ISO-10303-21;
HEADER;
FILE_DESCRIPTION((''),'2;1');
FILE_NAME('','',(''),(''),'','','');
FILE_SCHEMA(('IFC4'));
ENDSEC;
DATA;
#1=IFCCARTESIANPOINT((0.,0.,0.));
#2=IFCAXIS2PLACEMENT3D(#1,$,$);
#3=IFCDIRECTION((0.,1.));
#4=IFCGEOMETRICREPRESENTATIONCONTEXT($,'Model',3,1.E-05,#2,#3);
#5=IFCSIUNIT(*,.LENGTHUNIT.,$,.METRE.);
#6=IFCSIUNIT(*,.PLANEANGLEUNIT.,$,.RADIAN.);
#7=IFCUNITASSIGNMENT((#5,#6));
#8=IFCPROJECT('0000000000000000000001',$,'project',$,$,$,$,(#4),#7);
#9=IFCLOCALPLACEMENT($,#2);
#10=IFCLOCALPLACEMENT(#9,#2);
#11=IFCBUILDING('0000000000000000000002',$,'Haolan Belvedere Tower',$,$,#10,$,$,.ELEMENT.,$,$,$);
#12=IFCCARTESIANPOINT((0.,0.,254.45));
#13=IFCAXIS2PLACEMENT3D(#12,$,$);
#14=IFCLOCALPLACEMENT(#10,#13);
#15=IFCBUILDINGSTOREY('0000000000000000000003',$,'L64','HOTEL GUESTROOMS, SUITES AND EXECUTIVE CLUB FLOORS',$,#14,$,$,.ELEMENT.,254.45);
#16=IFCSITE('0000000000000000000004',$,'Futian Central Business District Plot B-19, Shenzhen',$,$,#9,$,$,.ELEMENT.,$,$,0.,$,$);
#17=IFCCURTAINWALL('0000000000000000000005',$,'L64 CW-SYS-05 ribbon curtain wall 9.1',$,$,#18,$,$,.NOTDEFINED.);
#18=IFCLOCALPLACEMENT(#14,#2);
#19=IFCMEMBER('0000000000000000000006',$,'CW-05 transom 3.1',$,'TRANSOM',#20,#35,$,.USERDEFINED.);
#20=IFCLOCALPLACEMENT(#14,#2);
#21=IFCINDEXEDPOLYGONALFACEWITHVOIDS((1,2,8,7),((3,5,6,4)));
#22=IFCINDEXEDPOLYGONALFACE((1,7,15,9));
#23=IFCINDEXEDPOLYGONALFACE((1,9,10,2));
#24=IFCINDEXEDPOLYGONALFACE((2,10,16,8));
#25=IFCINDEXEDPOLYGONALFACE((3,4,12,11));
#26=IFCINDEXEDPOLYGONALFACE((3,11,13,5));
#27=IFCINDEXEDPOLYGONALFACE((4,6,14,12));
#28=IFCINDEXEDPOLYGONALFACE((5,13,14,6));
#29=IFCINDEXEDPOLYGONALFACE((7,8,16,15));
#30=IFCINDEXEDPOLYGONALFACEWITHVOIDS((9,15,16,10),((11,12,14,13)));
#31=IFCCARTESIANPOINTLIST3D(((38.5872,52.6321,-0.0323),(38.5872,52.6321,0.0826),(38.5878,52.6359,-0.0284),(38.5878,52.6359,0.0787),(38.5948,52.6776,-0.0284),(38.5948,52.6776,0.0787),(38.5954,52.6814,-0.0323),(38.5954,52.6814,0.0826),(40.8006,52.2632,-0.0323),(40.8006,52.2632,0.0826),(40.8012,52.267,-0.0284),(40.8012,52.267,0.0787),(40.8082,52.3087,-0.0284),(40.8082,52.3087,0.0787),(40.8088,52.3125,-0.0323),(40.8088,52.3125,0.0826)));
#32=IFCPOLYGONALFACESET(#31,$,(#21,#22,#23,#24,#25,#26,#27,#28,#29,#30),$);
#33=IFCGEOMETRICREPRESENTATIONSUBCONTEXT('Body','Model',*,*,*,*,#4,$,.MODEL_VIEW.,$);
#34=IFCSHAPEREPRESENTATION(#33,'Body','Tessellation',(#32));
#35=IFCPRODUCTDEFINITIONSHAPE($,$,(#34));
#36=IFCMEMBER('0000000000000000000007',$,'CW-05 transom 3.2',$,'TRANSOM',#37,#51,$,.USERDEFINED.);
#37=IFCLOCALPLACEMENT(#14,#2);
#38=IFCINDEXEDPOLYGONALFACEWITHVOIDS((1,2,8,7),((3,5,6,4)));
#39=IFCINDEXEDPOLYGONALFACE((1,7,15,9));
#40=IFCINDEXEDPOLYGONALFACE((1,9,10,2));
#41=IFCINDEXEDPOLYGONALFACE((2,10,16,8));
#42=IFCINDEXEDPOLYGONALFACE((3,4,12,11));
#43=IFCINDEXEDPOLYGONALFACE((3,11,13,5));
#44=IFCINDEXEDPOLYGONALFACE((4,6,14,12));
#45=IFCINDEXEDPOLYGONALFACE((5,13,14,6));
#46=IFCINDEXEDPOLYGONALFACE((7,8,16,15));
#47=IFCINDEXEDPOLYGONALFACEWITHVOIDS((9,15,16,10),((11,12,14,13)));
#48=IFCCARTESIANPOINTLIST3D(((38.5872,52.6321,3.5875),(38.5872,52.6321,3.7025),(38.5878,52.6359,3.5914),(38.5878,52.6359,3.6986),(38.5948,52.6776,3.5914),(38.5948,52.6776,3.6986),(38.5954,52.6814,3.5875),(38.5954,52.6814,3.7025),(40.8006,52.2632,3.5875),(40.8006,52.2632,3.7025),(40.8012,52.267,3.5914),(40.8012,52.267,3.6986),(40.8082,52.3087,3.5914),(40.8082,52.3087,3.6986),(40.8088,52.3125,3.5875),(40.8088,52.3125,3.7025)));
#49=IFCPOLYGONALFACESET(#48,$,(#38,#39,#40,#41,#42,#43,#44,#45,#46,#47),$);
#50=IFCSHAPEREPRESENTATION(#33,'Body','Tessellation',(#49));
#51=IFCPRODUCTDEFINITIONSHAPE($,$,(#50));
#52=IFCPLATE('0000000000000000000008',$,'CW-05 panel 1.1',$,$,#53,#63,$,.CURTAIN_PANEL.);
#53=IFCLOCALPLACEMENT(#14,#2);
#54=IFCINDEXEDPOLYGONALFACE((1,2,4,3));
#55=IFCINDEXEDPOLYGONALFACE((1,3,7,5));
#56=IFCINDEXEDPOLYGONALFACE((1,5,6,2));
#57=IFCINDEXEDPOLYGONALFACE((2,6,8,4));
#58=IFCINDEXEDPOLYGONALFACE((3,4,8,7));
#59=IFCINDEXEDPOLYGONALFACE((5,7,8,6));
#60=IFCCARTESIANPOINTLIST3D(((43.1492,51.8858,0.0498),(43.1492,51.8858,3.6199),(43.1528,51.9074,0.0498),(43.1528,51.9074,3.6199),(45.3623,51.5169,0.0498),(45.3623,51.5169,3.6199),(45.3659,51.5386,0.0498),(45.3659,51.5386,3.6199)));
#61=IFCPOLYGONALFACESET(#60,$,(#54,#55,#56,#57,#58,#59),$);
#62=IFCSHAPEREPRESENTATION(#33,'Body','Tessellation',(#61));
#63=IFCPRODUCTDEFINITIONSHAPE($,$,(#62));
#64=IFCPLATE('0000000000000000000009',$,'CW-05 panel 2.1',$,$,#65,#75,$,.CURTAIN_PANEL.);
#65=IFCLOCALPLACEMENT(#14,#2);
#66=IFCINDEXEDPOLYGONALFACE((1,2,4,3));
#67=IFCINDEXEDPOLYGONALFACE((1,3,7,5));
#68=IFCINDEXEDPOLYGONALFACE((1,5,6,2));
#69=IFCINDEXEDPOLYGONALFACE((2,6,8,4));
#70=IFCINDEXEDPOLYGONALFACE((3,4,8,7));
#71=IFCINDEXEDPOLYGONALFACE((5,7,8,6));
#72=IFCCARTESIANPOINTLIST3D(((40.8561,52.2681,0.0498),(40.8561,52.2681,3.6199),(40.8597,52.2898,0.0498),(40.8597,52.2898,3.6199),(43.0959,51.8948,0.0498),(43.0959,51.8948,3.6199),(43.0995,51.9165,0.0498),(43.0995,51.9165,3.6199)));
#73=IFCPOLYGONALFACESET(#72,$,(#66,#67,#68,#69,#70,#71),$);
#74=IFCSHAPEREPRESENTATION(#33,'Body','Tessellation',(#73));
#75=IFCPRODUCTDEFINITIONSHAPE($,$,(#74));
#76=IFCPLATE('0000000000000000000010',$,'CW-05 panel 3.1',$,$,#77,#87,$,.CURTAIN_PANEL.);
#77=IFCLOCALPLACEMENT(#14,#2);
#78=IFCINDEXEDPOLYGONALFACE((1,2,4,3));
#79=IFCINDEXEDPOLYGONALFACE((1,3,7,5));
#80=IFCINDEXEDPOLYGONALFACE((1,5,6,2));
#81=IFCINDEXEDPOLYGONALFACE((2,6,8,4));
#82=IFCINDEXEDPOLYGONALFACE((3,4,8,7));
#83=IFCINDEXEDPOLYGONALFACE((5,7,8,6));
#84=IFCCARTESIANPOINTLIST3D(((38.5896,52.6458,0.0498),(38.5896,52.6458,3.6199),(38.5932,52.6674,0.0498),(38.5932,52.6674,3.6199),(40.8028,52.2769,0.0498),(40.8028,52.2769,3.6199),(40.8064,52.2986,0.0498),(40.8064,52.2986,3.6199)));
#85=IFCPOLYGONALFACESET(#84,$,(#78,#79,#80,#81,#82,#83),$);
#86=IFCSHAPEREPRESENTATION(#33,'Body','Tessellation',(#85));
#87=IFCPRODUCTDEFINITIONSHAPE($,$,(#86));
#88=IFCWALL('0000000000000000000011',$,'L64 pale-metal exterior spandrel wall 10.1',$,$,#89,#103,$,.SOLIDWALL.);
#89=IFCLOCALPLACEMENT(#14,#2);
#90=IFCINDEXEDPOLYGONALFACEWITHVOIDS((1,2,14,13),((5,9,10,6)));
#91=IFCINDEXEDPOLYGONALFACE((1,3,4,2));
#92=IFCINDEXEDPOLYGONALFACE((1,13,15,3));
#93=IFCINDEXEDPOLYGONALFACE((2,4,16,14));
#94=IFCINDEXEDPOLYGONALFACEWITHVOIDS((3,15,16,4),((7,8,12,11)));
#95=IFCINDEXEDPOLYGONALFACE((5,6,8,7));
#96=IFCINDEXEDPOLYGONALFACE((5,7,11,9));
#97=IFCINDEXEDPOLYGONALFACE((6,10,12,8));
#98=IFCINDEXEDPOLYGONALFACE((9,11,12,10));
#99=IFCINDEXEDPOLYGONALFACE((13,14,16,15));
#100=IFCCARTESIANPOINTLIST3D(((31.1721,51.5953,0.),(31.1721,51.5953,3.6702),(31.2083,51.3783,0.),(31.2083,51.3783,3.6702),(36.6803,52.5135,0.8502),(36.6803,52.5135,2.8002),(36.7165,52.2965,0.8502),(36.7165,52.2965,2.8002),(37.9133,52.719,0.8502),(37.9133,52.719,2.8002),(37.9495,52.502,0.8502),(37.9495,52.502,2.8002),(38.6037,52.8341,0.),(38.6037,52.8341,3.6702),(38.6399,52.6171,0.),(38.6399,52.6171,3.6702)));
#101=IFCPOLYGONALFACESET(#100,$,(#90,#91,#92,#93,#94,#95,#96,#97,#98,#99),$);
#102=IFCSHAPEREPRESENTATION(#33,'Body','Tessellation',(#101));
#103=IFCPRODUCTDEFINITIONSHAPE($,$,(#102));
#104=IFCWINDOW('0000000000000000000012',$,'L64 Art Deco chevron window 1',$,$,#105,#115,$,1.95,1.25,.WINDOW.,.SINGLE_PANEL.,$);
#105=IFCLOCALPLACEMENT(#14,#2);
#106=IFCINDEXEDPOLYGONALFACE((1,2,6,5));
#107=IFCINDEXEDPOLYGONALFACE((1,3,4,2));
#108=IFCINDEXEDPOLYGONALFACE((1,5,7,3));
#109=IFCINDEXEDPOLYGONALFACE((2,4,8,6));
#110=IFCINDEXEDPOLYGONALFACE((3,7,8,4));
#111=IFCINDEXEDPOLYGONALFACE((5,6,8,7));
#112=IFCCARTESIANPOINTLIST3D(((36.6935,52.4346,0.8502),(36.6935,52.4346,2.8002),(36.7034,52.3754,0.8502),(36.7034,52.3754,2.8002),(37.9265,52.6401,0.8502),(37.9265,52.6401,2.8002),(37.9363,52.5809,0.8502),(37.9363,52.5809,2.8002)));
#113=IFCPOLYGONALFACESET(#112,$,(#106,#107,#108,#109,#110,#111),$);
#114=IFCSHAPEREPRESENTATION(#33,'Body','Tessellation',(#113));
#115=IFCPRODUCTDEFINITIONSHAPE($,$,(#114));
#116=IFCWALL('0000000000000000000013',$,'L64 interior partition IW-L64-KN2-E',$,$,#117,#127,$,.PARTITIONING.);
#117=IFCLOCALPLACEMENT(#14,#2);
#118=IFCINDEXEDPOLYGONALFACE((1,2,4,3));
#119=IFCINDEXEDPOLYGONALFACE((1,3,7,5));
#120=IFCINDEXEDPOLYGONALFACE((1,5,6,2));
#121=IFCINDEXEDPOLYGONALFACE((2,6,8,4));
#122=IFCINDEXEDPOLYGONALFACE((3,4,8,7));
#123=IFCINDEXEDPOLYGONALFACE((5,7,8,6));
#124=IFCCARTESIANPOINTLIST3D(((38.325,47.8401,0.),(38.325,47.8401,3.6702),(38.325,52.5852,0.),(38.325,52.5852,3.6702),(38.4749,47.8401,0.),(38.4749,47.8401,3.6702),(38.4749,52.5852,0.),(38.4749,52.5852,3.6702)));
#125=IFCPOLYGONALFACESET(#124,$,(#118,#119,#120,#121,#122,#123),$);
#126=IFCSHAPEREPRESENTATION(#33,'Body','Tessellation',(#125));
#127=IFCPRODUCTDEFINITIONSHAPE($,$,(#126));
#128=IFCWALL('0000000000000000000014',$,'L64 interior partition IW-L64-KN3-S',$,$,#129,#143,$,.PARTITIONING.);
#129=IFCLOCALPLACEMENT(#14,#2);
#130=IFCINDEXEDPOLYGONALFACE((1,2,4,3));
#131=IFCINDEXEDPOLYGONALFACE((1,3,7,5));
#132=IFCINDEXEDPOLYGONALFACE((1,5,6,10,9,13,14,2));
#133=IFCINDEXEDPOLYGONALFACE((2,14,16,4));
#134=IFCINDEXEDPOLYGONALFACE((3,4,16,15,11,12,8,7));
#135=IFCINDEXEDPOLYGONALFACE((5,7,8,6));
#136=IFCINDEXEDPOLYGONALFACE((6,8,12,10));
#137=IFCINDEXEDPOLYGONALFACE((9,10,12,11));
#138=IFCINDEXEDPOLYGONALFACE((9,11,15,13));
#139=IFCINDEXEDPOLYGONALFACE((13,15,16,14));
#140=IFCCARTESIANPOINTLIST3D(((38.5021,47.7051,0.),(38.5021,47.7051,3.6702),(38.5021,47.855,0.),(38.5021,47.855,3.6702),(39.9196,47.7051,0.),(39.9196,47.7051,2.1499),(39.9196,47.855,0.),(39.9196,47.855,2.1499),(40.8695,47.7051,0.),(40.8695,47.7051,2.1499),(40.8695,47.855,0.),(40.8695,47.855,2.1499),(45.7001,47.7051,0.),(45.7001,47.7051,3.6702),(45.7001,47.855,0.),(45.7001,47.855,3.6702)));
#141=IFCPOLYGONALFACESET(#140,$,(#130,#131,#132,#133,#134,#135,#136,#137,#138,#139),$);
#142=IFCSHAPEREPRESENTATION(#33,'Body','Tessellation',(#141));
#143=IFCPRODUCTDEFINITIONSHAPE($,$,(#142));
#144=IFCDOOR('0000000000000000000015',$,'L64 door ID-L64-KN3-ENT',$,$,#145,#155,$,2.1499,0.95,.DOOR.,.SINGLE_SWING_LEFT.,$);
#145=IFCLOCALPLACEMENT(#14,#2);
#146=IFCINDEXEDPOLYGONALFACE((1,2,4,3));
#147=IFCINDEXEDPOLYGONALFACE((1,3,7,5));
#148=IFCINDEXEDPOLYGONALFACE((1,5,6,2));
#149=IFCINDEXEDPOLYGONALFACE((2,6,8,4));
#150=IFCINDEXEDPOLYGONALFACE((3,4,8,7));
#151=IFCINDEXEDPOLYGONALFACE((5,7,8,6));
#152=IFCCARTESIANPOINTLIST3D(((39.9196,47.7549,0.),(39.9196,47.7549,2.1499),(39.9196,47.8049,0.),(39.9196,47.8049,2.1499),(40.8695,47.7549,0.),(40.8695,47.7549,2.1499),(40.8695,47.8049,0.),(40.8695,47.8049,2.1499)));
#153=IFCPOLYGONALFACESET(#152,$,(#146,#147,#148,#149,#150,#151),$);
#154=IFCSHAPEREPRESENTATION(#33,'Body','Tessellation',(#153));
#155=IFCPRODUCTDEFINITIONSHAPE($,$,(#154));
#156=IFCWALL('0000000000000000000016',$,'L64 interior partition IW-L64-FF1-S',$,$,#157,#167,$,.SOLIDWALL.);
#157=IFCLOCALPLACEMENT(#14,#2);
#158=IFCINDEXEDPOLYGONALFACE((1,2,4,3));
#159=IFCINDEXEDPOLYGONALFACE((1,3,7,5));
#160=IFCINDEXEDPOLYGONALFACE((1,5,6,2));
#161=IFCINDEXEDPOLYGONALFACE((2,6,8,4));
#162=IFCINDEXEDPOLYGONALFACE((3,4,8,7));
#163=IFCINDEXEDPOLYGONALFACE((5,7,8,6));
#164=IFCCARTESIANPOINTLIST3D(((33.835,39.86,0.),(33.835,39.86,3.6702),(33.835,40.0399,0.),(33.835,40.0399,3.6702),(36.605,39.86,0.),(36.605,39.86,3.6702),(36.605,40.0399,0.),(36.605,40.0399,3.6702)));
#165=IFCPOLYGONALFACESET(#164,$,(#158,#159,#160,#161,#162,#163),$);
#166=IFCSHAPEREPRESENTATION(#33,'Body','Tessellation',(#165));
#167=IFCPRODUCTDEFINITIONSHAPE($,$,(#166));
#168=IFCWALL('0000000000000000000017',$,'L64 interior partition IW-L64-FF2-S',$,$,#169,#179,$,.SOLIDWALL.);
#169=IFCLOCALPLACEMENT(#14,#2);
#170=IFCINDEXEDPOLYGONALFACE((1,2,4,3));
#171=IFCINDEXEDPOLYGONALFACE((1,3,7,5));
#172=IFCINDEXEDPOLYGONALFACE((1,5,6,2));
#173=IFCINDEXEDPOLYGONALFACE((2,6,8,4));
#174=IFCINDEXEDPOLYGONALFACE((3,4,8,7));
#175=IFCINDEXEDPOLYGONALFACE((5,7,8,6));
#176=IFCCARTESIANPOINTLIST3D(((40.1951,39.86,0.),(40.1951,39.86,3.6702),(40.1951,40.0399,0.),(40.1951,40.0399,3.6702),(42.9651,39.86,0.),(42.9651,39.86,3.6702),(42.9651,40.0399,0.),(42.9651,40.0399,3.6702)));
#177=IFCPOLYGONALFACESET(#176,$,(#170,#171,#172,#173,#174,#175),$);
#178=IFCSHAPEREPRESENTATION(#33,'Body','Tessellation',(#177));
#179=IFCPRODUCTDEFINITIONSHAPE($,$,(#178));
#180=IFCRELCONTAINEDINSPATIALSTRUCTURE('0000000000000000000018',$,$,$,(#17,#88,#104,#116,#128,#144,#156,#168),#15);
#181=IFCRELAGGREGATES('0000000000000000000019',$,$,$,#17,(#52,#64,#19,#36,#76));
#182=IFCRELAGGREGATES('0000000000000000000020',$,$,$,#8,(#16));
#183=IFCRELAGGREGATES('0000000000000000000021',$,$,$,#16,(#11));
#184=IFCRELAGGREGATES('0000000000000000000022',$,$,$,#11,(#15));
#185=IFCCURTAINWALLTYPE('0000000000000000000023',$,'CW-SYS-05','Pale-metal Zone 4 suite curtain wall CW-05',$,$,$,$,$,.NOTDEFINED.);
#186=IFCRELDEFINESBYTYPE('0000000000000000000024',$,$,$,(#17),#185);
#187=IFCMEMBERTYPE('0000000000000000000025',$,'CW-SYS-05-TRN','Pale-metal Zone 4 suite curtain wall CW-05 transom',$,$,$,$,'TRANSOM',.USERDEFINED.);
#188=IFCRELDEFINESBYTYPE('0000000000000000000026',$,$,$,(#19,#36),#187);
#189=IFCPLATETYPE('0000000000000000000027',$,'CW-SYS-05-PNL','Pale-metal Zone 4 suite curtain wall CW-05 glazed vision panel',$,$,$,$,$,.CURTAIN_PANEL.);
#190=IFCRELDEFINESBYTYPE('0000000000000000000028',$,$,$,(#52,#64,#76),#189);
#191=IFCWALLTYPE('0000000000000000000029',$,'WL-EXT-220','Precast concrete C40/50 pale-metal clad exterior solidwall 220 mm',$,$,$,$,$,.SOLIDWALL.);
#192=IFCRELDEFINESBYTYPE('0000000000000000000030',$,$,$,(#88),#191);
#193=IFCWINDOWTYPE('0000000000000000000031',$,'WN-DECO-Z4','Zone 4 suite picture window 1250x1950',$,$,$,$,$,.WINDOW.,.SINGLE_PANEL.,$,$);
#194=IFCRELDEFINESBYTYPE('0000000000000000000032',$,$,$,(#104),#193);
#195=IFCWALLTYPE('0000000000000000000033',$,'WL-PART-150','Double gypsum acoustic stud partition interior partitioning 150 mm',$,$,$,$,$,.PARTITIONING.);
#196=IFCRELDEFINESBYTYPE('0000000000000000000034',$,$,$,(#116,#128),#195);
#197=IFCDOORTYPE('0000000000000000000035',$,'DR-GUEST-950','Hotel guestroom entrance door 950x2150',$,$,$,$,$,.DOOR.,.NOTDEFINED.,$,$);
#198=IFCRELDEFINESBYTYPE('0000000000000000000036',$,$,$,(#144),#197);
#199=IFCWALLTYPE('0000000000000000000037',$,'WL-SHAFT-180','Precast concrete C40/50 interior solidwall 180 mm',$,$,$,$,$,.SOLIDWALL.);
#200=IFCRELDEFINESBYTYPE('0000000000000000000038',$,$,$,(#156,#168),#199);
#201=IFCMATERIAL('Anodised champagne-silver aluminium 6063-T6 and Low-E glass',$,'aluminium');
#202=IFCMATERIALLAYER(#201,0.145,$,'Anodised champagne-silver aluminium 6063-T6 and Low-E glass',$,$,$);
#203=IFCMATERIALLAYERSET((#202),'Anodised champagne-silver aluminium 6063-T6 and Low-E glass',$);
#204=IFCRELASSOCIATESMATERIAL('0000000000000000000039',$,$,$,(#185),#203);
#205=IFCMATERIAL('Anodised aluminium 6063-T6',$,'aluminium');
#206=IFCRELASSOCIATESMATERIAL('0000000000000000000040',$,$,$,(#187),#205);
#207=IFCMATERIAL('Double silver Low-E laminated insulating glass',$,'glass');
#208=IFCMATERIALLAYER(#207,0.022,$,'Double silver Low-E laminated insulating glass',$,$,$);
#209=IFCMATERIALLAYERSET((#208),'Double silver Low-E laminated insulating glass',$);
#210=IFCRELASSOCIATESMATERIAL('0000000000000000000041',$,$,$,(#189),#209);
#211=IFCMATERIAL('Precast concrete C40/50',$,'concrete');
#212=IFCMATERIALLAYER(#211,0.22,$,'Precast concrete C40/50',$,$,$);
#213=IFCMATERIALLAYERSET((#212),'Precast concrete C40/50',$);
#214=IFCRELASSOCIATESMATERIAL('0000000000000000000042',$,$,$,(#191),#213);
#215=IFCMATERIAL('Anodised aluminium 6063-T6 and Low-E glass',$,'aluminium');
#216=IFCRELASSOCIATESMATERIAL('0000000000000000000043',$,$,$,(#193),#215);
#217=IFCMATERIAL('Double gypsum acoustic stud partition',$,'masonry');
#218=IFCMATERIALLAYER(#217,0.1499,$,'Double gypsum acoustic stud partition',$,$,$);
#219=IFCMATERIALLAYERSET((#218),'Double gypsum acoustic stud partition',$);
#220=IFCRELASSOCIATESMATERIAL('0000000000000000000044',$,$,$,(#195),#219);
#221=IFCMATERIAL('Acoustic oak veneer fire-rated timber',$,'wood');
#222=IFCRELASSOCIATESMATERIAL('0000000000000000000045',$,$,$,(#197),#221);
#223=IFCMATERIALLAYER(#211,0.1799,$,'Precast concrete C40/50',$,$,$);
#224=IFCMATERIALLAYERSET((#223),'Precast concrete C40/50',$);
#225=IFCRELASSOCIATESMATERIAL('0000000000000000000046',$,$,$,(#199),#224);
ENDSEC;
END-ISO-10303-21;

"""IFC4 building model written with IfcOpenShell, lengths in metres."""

from ifc_helpers import new_model, si_unit, direction, frame, frame_2d, origin, origin_2d, place, context, subcontext, project, spatial, rectangle, hollow_rectangle, extrude, material, layer, layer_set, material_profile, profile_set, type_object, element, fill, aggregate, save


model = new_model("IFC4")

# Units and contexts
model_context = context("Model", 3, precision=1e-05, world=origin(), true_north=direction((0.0, 1.0)))
body_context = subcontext(model_context, "Body", "Model", "MODEL_VIEW")
ifc_project = project(units=[si_unit("LENGTHUNIT", "METRE"), si_unit("PLANEANGLEUNIT", "RADIAN")], contexts=[model_context])

# Site, building, storey
site_placement = place(None, origin())
site = spatial("IfcSite", under=ifc_project, at=site_placement, Name="Futian Central Business District Plot B-19, Shenzhen", CompositionType="ELEMENT", RefElevation=0.0)
building_placement = place(site_placement, origin())
building = spatial("IfcBuilding", under=site, at=building_placement, Name="Haolan Belvedere Tower", CompositionType="ELEMENT")
storey_placement = place(building_placement, frame((0.0, 0.0, 254.45)))
storey = spatial("IfcBuildingStorey", under=building, at=storey_placement, Name="L64", Description="HOTEL GUESTROOMS, SUITES AND EXECUTIVE CLUB FLOORS", CompositionType="ELEMENT", Elevation=254.45)

# Curtain wall, members, plates
ifc_material_1 = material(Name="Anodised champagne-silver aluminium 6063-T6 and Low-E glass", Category="aluminium")
ifc_layer_1 = layer(ifc_material_1, 0.145, Name="Anodised champagne-silver aluminium 6063-T6 and Low-E glass")
ifc_layer_set_1 = layer_set([ifc_layer_1], Name="Anodised champagne-silver aluminium 6063-T6 and Low-E glass")
curtain_wall_type = type_object("IfcCurtainWallType", Name="CW-SYS-05", Description="Pale-metal Zone 4 suite curtain wall CW-05", PredefinedType="NOTDEFINED", material=ifc_layer_set_1)
curtain_wall_placement = place(storey_placement, origin())
curtain_wall = element("IfcCurtainWall", 1, at=curtain_wall_placement, inside=storey, type_object=curtain_wall_type, Name="L64 CW-SYS-05 ribbon curtain wall 9.1", PredefinedType="NOTDEFINED")
ifc_material_2 = material(Name="Anodised aluminium 6063-T6", Category="aluminium")
ifc_material_profile_1 = material_profile(ifc_material_2, hollow_rectangle(XDim=0.05, YDim=0.115, WallThickness=0.0039, at=origin_2d()), Name="Anodised aluminium 6063-T6")
ifc_profile_set_1 = profile_set([ifc_material_profile_1], Name="Anodised aluminium 6063-T6")
member_type_1 = type_object("IfcMemberType", Name="CW-SYS-05-TRN", Description="Pale-metal Zone 4 suite curtain wall CW-05 transom", ElementType="TRANSOM", PredefinedType="USERDEFINED", material=ifc_profile_set_1)
member_1_placement = place(storey_placement, frame((40.8047, 52.2878, 0.0251), z_axis=(-0.986394, 0.164399, 0.0), x_axis=(-0.164399, -0.986394, 0.0)))
member_1 = element("IfcMember", 2, at=member_1_placement, type_object=member_type_1, Name="CW-05 transom 3.1", ObjectType="TRANSOM", PredefinedType="USERDEFINED", context=body_context, shape_type="SweptSolid", body=[
    extrude(hollow_rectangle(XDim=0.05, YDim=0.115, WallThickness=0.0039, at=origin_2d()), origin(), (0.0, 0.0, 1.0), 2.2439),
])
member_2_placement = place(storey_placement, frame((40.8047, 52.2878, 3.645), z_axis=(-0.986394, 0.164399, 0.0), x_axis=(-0.164399, -0.986394, 0.0)))
member_2 = element("IfcMember", 3, at=member_2_placement, type_object=member_type_1, Name="CW-05 transom 3.2", ObjectType="TRANSOM", PredefinedType="USERDEFINED", context=body_context, shape_type="SweptSolid", body=[
    extrude(hollow_rectangle(XDim=0.05, YDim=0.115, WallThickness=0.0039, at=origin_2d()), origin(), (0.0, 0.0, 1.0), 2.2439),
])
ifc_material_3 = material(Name="Double silver Low-E laminated insulating glass", Category="glass")
ifc_layer_2 = layer(ifc_material_3, 0.022, Name="Double silver Low-E laminated insulating glass")
ifc_layer_set_2 = layer_set([ifc_layer_2], Name="Double silver Low-E laminated insulating glass")
plate_type = type_object("IfcPlateType", Name="CW-SYS-05-PNL", Description="Pale-metal Zone 4 suite curtain wall CW-05 glazed vision panel", PredefinedType="CURTAIN_PANEL", material=ifc_layer_set_2)
plate_1_placement = place(storey_placement, frame((44.2576, 51.7122, 0.0498), z_axis=(0.0, 0.0, 1.0), x_axis=(-0.986393, 0.164406, 0.0)))
plate_1 = element("IfcPlate", 4, at=plate_1_placement, type_object=plate_type, Name="CW-05 panel 1.1", PredefinedType="CURTAIN_PANEL", context=body_context, shape_type="SweptSolid", body=[
    extrude(rectangle(XDim=2.2437, YDim=0.022, at=origin_2d()), origin(), (0.0, 0.0, 1.0), 3.5701),
])
plate_2_placement = place(storey_placement, frame((41.9778, 52.0923, 0.0498), z_axis=(0.0, 0.0, 1.0), x_axis=(-0.986393, 0.164406, 0.0)))
plate_2 = element("IfcPlate", 5, at=plate_2_placement, type_object=plate_type, Name="CW-05 panel 2.1", PredefinedType="CURTAIN_PANEL", context=body_context, shape_type="SweptSolid", body=[
    extrude(rectangle(XDim=2.2708, YDim=0.022, at=origin_2d()), origin(), (0.0, 0.0, 1.0), 3.5701),
])
plate_3_placement = place(storey_placement, frame((39.698, 52.4722, 0.0498), z_axis=(0.0, 0.0, 1.0), x_axis=(-0.986393, 0.164406, 0.0)))
plate_3 = element("IfcPlate", 6, at=plate_3_placement, type_object=plate_type, Name="CW-05 panel 3.1", PredefinedType="CURTAIN_PANEL", context=body_context, shape_type="SweptSolid", body=[
    extrude(rectangle(XDim=2.2437, YDim=0.022, at=origin_2d()), origin(), (0.0, 0.0, 1.0), 3.5701),
])
aggregate(curtain_wall, [plate_1, plate_2, member_1, member_2, plate_3])

# Wall, opening, window
ifc_material_4 = material(Name="Precast concrete C40/50", Category="concrete")
ifc_layer_3 = layer(ifc_material_4, 0.22, Name="Precast concrete C40/50")
ifc_layer_set_3 = layer_set([ifc_layer_3], Name="Precast concrete C40/50")
wall_type_1 = type_object("IfcWallType", Name="WL-EXT-220", Description="Precast concrete C40/50 pale-metal clad exterior solidwall 220 mm", PredefinedType="SOLIDWALL", material=ifc_layer_set_3)
wall_1_placement = place(storey_placement, frame((38.6218, 52.7256, 0.0), z_axis=(0.0, 0.0, 1.0), x_axis=(-0.98639, -0.16442, 0.0)))
wall_1 = element("IfcWall", 7, at=wall_1_placement, inside=storey, type_object=wall_type_1, Name="L64 pale-metal exterior spandrel wall 10.1", PredefinedType="SOLIDWALL", context=body_context, shape_type="SweptSolid", body=[
    extrude(rectangle(XDim=7.5342, YDim=0.22, at=frame_2d((3.7671, 0.0))), origin(), (0.0, 0.0, 1.0), 3.6702),
])
opening_1_placement = place(wall_1_placement, frame((0.7, 0.0, 0.8501)))
opening_1 = element("IfcOpeningElement", 8, at=opening_1_placement, cuts=wall_1, PredefinedType="OPENING", context=body_context, shape_type="SweptSolid", body=[
    extrude(rectangle(XDim=1.25, YDim=1.95, at=frame_2d((0.625, 0.9751))), frame((0.0, 0.1199, 0.0), z_axis=(0.0, -1.0, 0.0), x_axis=(1.0, 0.0, 0.0)), (0.0, 0.0, 1.0), 0.24),
])
ifc_material_5 = material(Name="Anodised aluminium 6063-T6 and Low-E glass", Category="aluminium")
window_type = type_object("IfcWindowType", Name="WN-DECO-Z4", Description="Zone 4 suite picture window 1250x1950", PartitioningType="SINGLE_PANEL", PredefinedType="WINDOW", material=ifc_material_5)
window_placement = place(opening_1_placement, origin())
window = element("IfcWindow", 9, at=window_placement, inside=storey, type_object=window_type, Name="L64 Art Deco chevron window 1", OverallHeight=1.95, OverallWidth=1.25, PartitioningType="SINGLE_PANEL", PredefinedType="WINDOW", context=body_context, shape_type="SweptSolid", body=[
    extrude(rectangle(XDim=1.25, YDim=1.95, at=frame_2d((0.625, 0.9751))), frame((0.0, 0.03, 0.0), z_axis=(0.0, -1.0, 0.0), x_axis=(1.0, 0.0, 0.0)), (0.0, 0.0, 1.0), 0.0601),
])
fill(opening_1, window)

# Wall
ifc_material_6 = material(Name="Double gypsum acoustic stud partition", Category="masonry")
ifc_layer_4 = layer(ifc_material_6, 0.1499, Name="Double gypsum acoustic stud partition")
ifc_layer_set_4 = layer_set([ifc_layer_4], Name="Double gypsum acoustic stud partition")
wall_type_2 = type_object("IfcWallType", Name="WL-PART-150", Description="Double gypsum acoustic stud partition interior partitioning 150 mm", PredefinedType="PARTITIONING", material=ifc_layer_set_4)
wall_2_placement = place(storey_placement, frame((38.3999, 47.8401, 0.0), z_axis=(0.0, 0.0, 1.0), x_axis=(0.0, 1.0, 0.0)))
element("IfcWall", 10, at=wall_2_placement, inside=storey, type_object=wall_type_2, Name="L64 interior partition IW-L64-KN2-E", PredefinedType="PARTITIONING", context=body_context, shape_type="SweptSolid", body=[
    extrude(rectangle(XDim=4.7451, YDim=0.1499, at=frame_2d((2.3726, 0.0))), origin(), (0.0, 0.0, 1.0), 3.6702),
])

# Wall, opening, door
wall_3_placement = place(storey_placement, frame((38.502, 47.78, 0.0), z_axis=(0.0, 0.0, 1.0), x_axis=(1.0, 0.0, 0.0)))
wall_3 = element("IfcWall", 11, at=wall_3_placement, inside=storey, type_object=wall_type_2, Name="L64 interior partition IW-L64-KN3-S", PredefinedType="PARTITIONING", context=body_context, shape_type="SweptSolid", body=[
    extrude(rectangle(XDim=7.198, YDim=0.1499, at=frame_2d((3.5991, 0.0))), origin(), (0.0, 0.0, 1.0), 3.6702),
])
opening_2_placement = place(wall_3_placement, frame((1.4175, 0.0, 0.0)))
opening_2 = element("IfcOpeningElement", 12, at=opening_2_placement, cuts=wall_3, PredefinedType="OPENING", context=body_context, shape_type="SweptSolid", body=[
    extrude(rectangle(XDim=0.95, YDim=2.1499, at=frame_2d((0.4751, 1.075))), frame((0.0, 0.085, 0.0), z_axis=(0.0, -1.0, 0.0), x_axis=(1.0, 0.0, 0.0)), (0.0, 0.0, 1.0), 0.1699),
])
ifc_material_7 = material(Name="Acoustic oak veneer fire-rated timber", Category="wood")
door_type_1 = type_object("IfcDoorType", Name="DR-GUEST-950", Description="Hotel guestroom entrance door 950x2150", OperationType="NOTDEFINED", PredefinedType="DOOR", material=ifc_material_7)
door_1_placement = place(opening_2_placement, origin())
door_1 = element("IfcDoor", 13, at=door_1_placement, inside=storey, type_object=door_type_1, Name="L64 door ID-L64-KN3-ENT", OperationType="SINGLE_SWING_LEFT", OverallHeight=2.1499, OverallWidth=0.95, PredefinedType="DOOR", context=body_context, shape_type="SweptSolid", body=[
    extrude(rectangle(XDim=0.95, YDim=2.1499, at=frame_2d((0.4751, 1.075))), frame((0.0, 0.0249, 0.0), z_axis=(0.0, -1.0, 0.0), x_axis=(1.0, 0.0, 0.0)), (0.0, 0.0, 1.0), 0.05),
])
fill(opening_2, door_1)

# Walls
ifc_layer_5 = layer(ifc_material_4, 0.1799, Name="Precast concrete C40/50")
ifc_layer_set_5 = layer_set([ifc_layer_5], Name="Precast concrete C40/50")
wall_type_3 = type_object("IfcWallType", Name="WL-SHAFT-180", Description="Precast concrete C40/50 interior solidwall 180 mm", PredefinedType="SOLIDWALL", material=ifc_layer_set_5)
for number, where, z_axis, x_axis, name in (
    (14, (33.835, 39.95, 0.0), (0.0, 0.0, 1.0), (1.0, 0.0, 0.0), "L64 interior partition IW-L64-FF1-S"),
    (15, (40.1951, 39.95, 0.0), (0.0, 0.0, 1.0), (1.0, 0.0, 0.0), "L64 interior partition IW-L64-FF2-S"),
):
    element("IfcWall", number, at=place(storey_placement, frame(where, z_axis=z_axis, x_axis=x_axis)), inside=storey, type_object=wall_type_3, Name=name, PredefinedType="SOLIDWALL", context=body_context, shape_type="SweptSolid", body=[
        extrude(rectangle(XDim=2.77, YDim=0.1799, at=frame_2d((1.385, 0.0))), origin(), (0.0, 0.0, 1.0), 3.6702),
    ])

save(model, "model.ifc")
